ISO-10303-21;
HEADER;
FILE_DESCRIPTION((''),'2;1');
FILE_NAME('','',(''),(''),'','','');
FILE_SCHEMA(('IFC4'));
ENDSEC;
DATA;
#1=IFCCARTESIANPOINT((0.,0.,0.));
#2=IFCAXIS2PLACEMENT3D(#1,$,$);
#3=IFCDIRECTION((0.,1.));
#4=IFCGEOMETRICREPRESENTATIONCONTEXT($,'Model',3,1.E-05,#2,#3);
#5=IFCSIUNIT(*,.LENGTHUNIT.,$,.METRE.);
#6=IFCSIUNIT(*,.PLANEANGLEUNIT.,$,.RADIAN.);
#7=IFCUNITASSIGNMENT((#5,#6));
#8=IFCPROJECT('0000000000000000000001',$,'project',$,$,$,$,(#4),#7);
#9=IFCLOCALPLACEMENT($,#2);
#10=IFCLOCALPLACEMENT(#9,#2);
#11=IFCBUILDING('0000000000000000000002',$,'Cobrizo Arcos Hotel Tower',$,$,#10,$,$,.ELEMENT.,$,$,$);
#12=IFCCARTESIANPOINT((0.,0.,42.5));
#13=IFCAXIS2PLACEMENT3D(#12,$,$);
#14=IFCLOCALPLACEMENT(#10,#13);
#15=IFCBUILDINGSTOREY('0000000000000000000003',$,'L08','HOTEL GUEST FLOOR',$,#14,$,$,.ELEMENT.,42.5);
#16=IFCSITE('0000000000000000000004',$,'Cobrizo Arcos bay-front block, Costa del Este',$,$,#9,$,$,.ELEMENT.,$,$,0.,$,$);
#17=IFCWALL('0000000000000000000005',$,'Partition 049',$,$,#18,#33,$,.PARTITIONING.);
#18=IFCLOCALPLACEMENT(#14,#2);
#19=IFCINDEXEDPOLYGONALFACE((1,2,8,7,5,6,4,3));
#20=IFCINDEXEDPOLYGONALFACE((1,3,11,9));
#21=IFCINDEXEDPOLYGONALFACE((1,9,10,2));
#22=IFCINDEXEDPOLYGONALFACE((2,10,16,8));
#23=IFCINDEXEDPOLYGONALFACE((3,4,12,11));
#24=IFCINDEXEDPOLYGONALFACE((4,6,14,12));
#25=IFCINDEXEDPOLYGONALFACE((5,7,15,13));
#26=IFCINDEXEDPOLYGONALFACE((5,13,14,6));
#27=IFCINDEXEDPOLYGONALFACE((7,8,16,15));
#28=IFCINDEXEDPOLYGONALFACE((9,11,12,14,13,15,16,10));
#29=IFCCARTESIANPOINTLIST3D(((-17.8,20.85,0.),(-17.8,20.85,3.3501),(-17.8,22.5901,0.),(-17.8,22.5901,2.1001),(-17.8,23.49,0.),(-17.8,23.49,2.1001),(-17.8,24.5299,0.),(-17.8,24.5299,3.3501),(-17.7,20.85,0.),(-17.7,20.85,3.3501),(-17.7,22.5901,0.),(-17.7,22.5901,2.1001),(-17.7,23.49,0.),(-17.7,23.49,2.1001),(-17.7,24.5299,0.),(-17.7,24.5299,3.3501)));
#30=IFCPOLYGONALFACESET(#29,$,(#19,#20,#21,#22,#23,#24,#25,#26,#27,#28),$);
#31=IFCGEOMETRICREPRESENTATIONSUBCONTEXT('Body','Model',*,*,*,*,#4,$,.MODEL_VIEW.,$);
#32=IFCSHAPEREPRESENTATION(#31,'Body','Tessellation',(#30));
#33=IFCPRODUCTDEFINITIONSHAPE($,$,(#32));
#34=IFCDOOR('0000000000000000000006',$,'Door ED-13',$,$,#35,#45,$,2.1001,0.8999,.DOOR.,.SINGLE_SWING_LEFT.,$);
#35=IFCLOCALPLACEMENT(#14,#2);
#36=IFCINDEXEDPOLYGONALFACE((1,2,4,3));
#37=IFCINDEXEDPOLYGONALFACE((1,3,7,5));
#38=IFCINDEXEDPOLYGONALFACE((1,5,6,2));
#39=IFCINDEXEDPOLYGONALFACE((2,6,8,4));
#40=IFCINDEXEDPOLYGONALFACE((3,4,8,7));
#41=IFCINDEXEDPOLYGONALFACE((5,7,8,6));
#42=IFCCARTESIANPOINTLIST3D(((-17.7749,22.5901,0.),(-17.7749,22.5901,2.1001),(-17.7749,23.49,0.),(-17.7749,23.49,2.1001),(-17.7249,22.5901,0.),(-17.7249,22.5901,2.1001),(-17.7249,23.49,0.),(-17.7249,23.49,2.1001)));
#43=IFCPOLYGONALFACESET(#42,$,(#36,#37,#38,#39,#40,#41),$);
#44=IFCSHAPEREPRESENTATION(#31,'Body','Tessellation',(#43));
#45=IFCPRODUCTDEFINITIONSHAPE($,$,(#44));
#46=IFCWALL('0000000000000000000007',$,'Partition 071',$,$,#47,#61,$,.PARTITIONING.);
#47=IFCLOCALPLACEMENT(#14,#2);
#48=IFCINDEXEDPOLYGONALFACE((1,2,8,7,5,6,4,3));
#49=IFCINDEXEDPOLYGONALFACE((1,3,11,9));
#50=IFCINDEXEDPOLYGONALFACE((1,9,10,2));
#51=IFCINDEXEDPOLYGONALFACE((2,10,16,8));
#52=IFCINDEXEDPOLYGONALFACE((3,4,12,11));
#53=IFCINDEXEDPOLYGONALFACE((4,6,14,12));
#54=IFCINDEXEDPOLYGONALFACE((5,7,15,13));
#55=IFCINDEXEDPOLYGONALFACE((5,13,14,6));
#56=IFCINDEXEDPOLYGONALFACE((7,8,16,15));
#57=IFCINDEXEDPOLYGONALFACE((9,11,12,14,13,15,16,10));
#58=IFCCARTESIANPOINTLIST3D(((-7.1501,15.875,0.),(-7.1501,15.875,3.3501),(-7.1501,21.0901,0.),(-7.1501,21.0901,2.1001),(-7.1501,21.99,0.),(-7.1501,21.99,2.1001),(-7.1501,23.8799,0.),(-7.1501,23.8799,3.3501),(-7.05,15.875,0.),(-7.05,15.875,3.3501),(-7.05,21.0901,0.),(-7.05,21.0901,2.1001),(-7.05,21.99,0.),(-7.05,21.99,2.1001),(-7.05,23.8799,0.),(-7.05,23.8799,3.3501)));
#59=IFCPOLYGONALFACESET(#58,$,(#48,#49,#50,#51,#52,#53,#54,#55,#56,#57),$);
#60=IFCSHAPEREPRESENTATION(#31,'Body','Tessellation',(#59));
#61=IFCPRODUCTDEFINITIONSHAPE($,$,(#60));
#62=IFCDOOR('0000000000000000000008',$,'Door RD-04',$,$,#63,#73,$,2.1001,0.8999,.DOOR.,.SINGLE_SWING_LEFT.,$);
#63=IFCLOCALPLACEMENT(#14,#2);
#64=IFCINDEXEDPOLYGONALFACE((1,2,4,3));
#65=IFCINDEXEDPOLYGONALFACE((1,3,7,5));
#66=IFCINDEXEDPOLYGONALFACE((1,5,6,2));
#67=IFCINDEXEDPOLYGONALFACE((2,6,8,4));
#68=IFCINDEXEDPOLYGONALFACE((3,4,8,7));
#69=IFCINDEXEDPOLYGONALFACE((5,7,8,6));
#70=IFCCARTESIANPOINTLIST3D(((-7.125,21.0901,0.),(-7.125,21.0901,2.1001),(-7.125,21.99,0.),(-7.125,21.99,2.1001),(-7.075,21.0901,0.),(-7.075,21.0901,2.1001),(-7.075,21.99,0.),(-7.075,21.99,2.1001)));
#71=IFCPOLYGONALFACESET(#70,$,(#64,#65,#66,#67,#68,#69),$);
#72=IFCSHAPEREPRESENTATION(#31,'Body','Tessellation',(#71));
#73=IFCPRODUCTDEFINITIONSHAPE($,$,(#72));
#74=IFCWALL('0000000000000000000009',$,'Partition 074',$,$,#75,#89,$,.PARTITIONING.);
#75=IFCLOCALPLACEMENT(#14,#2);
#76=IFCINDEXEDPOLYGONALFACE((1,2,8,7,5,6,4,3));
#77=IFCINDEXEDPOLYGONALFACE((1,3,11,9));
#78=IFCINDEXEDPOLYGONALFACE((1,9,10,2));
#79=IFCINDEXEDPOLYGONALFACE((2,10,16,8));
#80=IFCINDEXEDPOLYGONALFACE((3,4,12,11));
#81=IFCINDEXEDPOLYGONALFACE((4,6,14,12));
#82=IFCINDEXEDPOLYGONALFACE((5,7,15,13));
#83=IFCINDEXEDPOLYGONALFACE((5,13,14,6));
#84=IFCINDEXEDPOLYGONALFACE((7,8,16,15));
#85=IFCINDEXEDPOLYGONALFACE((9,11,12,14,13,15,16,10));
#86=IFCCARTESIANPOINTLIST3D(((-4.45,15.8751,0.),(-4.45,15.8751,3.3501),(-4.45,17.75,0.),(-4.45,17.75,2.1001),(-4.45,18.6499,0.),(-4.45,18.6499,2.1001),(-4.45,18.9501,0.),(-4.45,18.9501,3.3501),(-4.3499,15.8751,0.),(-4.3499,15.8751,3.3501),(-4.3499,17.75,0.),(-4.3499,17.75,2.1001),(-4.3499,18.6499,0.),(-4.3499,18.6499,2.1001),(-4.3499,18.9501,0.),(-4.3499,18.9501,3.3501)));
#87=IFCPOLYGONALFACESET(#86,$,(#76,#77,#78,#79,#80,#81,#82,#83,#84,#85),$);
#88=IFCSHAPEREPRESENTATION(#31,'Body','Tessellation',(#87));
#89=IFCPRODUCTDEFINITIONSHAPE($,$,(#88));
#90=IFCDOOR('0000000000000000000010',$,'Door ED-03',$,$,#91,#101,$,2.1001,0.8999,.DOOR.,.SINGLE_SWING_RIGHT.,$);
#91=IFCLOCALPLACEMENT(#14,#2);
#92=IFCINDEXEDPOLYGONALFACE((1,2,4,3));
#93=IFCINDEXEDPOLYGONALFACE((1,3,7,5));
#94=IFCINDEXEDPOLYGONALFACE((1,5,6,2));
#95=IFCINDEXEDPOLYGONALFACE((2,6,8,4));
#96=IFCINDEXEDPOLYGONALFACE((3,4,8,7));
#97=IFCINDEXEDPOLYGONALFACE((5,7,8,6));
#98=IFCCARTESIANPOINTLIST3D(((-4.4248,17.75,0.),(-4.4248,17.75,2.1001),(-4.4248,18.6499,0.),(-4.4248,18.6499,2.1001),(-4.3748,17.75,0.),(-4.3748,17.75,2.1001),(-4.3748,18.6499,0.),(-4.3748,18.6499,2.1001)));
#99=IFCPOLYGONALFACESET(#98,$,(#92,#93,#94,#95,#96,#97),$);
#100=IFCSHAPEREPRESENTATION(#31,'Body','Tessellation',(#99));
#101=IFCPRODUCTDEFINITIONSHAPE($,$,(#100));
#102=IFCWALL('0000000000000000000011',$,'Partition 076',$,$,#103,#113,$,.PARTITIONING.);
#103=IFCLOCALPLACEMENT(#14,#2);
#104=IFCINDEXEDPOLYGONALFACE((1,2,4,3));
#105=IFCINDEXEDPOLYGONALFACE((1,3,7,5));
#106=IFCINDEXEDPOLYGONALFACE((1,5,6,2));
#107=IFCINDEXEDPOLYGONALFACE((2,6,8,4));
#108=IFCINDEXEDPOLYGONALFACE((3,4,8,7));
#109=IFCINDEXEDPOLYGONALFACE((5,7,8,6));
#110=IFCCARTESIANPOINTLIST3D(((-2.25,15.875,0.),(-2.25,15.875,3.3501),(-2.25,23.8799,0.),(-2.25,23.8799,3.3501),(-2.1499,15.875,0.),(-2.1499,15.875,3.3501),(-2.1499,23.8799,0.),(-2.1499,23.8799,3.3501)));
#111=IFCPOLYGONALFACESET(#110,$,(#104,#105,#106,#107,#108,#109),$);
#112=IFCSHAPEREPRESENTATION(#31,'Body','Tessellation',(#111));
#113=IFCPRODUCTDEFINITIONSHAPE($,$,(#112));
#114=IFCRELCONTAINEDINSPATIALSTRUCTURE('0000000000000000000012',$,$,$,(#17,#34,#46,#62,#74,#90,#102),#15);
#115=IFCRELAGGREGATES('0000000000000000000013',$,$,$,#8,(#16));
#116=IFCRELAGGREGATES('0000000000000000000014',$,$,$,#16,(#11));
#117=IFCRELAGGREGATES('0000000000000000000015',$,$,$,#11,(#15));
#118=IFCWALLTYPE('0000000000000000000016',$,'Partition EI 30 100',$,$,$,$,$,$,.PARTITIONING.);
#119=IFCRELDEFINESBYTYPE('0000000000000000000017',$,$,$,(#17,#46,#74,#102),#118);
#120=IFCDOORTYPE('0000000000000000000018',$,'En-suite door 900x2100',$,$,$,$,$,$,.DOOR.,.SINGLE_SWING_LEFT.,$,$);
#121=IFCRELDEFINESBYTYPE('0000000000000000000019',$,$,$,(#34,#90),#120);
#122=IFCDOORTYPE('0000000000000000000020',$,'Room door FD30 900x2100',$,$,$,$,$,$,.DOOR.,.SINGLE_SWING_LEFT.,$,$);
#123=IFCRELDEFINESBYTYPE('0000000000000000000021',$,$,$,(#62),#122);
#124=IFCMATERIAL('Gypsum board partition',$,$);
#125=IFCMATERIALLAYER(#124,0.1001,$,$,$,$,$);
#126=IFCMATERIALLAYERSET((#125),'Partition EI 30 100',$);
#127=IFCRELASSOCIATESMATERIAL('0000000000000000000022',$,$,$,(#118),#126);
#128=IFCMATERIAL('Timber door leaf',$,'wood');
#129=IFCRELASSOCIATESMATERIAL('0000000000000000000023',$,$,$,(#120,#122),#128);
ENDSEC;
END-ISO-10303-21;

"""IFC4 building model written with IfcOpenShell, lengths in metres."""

from ifc_helpers import new_model, si_unit, direction, frame, frame_2d, origin, place, context, subcontext, project, spatial, rectangle, extrude, material, layer, layer_set, type_object, element, fill, save


model = new_model("IFC4")

# Units and contexts
model_context = context("Model", 3, precision=1e-05, world=origin(), true_north=direction((0.0, 1.0)))
body_context = subcontext(model_context, "Body", "Model", "MODEL_VIEW")
ifc_project = project(units=[si_unit("LENGTHUNIT", "METRE"), si_unit("PLANEANGLEUNIT", "RADIAN")], contexts=[model_context])

# Site, building, storey
site_placement = place(None, origin())
site = spatial("IfcSite", under=ifc_project, at=site_placement, Name="Cobrizo Arcos bay-front block, Costa del Este", CompositionType="ELEMENT", RefElevation=0.0)
building_placement = place(site_placement, origin())
building = spatial("IfcBuilding", under=site, at=building_placement, Name="Cobrizo Arcos Hotel Tower", CompositionType="ELEMENT")
storey_placement = place(building_placement, frame((0.0, 0.0, 42.5)))
storey = spatial("IfcBuildingStorey", under=building, at=storey_placement, Name="L08", Description="HOTEL GUEST FLOOR", CompositionType="ELEMENT", Elevation=42.5)

# Shared definitions
ifc_material_1 = material(Name="Gypsum board partition")
ifc_layer_1 = layer(ifc_material_1, 0.1001)
ifc_layer_set_1 = layer_set([ifc_layer_1], Name="Partition EI 30 100")
wall_type = type_object("IfcWallType", Name="Partition EI 30 100", PredefinedType="PARTITIONING", material=ifc_layer_set_1)

# Walls, openings, doors
wall_1_placement = place(storey_placement, frame((-17.75, 20.8501, 0.0), z_axis=(0.0, 0.0, 1.0), x_axis=(0.0, 1.0, 0.0)))
wall_1 = element("IfcWall", 1, at=wall_1_placement, inside=storey, type_object=wall_type, Name="Partition 049", PredefinedType="PARTITIONING", context=body_context, shape_type="SweptSolid", body=[
    extrude(rectangle(XDim=3.6799, YDim=0.1001, at=frame_2d((1.8398, 0.0))), origin(), (0.0, 0.0, 1.0), 3.3501),
])
opening_1_placement = place(wall_1_placement, frame((1.74, 0.0, 0.0)))
opening_1 = element("IfcOpeningElement", 2, at=opening_1_placement, cuts=wall_1, PredefinedType="OPENING", context=body_context, shape_type="SweptSolid", body=[
    extrude(rectangle(XDim=0.8999, YDim=2.1001, at=frame_2d((0.45, 1.05))), frame((0.0, 0.062, 0.0), z_axis=(0.0, -1.0, 0.0), x_axis=(1.0, 0.0, 0.0)), (0.0, 0.0, 1.0), 0.124),
])
ifc_material_2 = material(Name="Timber door leaf", Category="wood")
door_type_1 = type_object("IfcDoorType", Name="En-suite door 900x2100", OperationType="SINGLE_SWING_LEFT", PredefinedType="DOOR", material=ifc_material_2)
door_1_placement = place(opening_1_placement, origin())
door_1 = element("IfcDoor", 3, at=door_1_placement, inside=storey, type_object=door_type_1, Name="Door ED-13", OperationType="SINGLE_SWING_LEFT", OverallHeight=2.1001, OverallWidth=0.8999, PredefinedType="DOOR", context=body_context, shape_type="SweptSolid", body=[
    extrude(rectangle(XDim=0.8999, YDim=2.1001, at=frame_2d((0.45, 1.05))), frame((0.0, 0.0249, 0.0), z_axis=(0.0, -1.0, 0.0), x_axis=(1.0, 0.0, 0.0)), (0.0, 0.0, 1.0), 0.05),
])
fill(opening_1, door_1)
wall_2_placement = place(storey_placement, frame((-7.1001, 15.875, 0.0), z_axis=(0.0, 0.0, 1.0), x_axis=(0.0, 1.0, 0.0)))
wall_2 = element("IfcWall", 4, at=wall_2_placement, inside=storey, type_object=wall_type, Name="Partition 071", PredefinedType="PARTITIONING", context=body_context, shape_type="SweptSolid", body=[
    extrude(rectangle(XDim=8.0049, YDim=0.1001, at=frame_2d((4.0024, 0.0))), origin(), (0.0, 0.0, 1.0), 3.3501),
])
opening_2_placement = place(wall_2_placement, frame((5.2151, 0.0, 0.0)))
opening_2 = element("IfcOpeningElement", 5, at=opening_2_placement, cuts=wall_2, PredefinedType="OPENING", context=body_context, shape_type="SweptSolid", body=[
    extrude(rectangle(XDim=0.8999, YDim=2.1001, at=frame_2d((0.45, 1.05))), frame((0.0, 0.062, 0.0), z_axis=(0.0, -1.0, 0.0), x_axis=(1.0, 0.0, 0.0)), (0.0, 0.0, 1.0), 0.124),
])
door_type_2 = type_object("IfcDoorType", Name="Room door FD30 900x2100", OperationType="SINGLE_SWING_LEFT", PredefinedType="DOOR", material=ifc_material_2)
door_2_placement = place(opening_2_placement, origin())
door_2 = element("IfcDoor", 6, at=door_2_placement, inside=storey, type_object=door_type_2, Name="Door RD-04", OperationType="SINGLE_SWING_LEFT", OverallHeight=2.1001, OverallWidth=0.8999, PredefinedType="DOOR", context=body_context, shape_type="SweptSolid", body=[
    extrude(rectangle(XDim=0.8999, YDim=2.1001, at=frame_2d((0.45, 1.05))), frame((0.0, 0.0249, 0.0), z_axis=(0.0, -1.0, 0.0), x_axis=(1.0, 0.0, 0.0)), (0.0, 0.0, 1.0), 0.05),
])
fill(opening_2, door_2)
wall_3_placement = place(storey_placement, frame((-4.3999, 15.875, 0.0), z_axis=(0.0, 0.0, 1.0), x_axis=(0.0, 1.0, 0.0)))
wall_3 = element("IfcWall", 7, at=wall_3_placement, inside=storey, type_object=wall_type, Name="Partition 074", PredefinedType="PARTITIONING", context=body_context, shape_type="SweptSolid", body=[
    extrude(rectangle(XDim=3.075, YDim=0.1001, at=frame_2d((1.5376, 0.0))), origin(), (0.0, 0.0, 1.0), 3.3501),
])
opening_3_placement = place(wall_3_placement, frame((1.875, 0.0, 0.0)))
opening_3 = element("IfcOpeningElement", 8, at=opening_3_placement, cuts=wall_3, PredefinedType="OPENING", context=body_context, shape_type="SweptSolid", body=[
    extrude(rectangle(XDim=0.8999, YDim=2.1001, at=frame_2d((0.45, 1.05))), frame((0.0, 0.062, 0.0), z_axis=(0.0, -1.0, 0.0), x_axis=(1.0, 0.0, 0.0)), (0.0, 0.0, 1.0), 0.124),
])
door_3_placement = place(opening_3_placement, origin())
door_3 = element("IfcDoor", 9, at=door_3_placement, inside=storey, type_object=door_type_1, Name="Door ED-03", OperationType="SINGLE_SWING_RIGHT", OverallHeight=2.1001, OverallWidth=0.8999, PredefinedType="DOOR", context=body_context, shape_type="SweptSolid", body=[
    extrude(rectangle(XDim=0.8999, YDim=2.1001, at=frame_2d((0.45, 1.05))), frame((0.0, 0.0249, 0.0), z_axis=(0.0, -1.0, 0.0), x_axis=(1.0, 0.0, 0.0)), (0.0, 0.0, 1.0), 0.05),
])
fill(opening_3, door_3)

# Wall
wall_4_placement = place(storey_placement, frame((-2.2, 15.875, 0.0), z_axis=(0.0, 0.0, 1.0), x_axis=(0.0, 1.0, 0.0)))
element("IfcWall", 10, at=wall_4_placement, inside=storey, type_object=wall_type, Name="Partition 076", PredefinedType="PARTITIONING", context=body_context, shape_type="SweptSolid", body=[
    extrude(rectangle(XDim=8.0049, YDim=0.1001, at=frame_2d((4.0024, 0.0))), origin(), (0.0, 0.0, 1.0), 3.3501),
])

save(model, "model.ifc")
